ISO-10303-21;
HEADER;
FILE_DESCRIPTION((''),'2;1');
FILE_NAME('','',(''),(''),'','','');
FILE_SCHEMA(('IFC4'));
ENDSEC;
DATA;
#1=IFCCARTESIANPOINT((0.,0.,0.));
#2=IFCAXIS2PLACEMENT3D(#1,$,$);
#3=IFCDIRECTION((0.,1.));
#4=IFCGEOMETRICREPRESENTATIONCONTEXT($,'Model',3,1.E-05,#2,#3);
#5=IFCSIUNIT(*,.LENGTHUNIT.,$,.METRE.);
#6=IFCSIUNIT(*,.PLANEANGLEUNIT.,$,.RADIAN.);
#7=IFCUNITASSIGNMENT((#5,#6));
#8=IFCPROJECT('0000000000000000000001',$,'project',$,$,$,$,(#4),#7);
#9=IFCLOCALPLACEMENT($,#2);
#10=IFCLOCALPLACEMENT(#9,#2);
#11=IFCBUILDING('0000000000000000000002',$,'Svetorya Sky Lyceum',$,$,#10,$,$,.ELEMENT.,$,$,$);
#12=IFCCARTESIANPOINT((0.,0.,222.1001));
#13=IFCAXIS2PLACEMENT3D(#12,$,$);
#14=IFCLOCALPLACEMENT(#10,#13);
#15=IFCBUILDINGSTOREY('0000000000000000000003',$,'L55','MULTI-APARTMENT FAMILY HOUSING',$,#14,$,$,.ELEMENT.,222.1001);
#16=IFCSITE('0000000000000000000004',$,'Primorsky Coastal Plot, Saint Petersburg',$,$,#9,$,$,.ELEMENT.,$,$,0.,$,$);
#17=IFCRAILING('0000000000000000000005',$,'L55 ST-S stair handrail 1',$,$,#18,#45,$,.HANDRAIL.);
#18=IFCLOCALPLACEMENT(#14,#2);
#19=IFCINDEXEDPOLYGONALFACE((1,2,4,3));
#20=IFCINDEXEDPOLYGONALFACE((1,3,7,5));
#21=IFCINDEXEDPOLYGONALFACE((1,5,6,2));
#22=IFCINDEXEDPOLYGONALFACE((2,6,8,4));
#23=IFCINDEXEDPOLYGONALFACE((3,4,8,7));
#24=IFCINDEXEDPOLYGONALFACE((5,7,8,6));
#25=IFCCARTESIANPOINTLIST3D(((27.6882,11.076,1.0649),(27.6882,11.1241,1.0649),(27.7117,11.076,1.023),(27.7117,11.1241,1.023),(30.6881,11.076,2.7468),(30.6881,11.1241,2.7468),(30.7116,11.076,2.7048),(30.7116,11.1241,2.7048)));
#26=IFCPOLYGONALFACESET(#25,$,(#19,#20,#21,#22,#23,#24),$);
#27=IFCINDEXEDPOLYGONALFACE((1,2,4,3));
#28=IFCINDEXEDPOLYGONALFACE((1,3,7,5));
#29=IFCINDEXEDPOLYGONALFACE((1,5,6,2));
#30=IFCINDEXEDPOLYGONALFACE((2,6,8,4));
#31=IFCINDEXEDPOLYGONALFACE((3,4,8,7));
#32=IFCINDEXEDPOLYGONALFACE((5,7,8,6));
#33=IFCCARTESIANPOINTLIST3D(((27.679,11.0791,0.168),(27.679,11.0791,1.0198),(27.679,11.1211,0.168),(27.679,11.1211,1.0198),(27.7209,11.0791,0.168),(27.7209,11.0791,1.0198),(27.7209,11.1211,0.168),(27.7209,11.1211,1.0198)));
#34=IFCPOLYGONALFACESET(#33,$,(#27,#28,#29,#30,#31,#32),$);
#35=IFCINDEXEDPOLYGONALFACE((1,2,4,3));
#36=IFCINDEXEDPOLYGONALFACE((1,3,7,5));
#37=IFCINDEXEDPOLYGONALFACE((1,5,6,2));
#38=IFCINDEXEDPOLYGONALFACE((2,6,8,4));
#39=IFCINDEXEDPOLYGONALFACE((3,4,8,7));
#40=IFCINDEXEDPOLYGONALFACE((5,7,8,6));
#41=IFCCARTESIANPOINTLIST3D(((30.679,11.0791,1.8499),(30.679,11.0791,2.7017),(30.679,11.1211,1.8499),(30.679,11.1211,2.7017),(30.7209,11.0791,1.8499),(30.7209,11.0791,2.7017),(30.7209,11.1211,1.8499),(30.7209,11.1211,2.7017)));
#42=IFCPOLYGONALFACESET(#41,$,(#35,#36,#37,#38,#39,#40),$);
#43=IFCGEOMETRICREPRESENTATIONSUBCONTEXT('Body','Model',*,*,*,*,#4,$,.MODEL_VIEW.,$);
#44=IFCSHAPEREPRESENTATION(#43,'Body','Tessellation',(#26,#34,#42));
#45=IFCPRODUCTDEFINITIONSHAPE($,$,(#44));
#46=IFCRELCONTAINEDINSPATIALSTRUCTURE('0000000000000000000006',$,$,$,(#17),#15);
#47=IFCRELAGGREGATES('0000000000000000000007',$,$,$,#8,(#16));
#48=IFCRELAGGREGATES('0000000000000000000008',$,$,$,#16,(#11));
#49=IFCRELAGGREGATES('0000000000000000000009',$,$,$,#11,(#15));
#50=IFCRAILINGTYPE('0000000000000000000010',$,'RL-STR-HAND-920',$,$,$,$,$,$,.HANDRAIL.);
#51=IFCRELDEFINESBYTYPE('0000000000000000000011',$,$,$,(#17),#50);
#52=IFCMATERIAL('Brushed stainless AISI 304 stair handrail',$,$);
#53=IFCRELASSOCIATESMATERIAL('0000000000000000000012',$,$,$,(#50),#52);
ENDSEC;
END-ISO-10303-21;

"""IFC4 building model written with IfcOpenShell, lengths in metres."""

from ifc_helpers import new_model, si_unit, direction, frame, origin, origin_2d, place, context, subcontext, project, spatial, rectangle, extrude, material, type_object, element, save


model = new_model("IFC4")

# Units and contexts
model_context = context("Model", 3, precision=1e-05, world=origin(), true_north=direction((0.0, 1.0)))
body_context = subcontext(model_context, "Body", "Model", "MODEL_VIEW")
ifc_project = project(units=[si_unit("LENGTHUNIT", "METRE"), si_unit("PLANEANGLEUNIT", "RADIAN")], contexts=[model_context])

# Site, building, storey
site_placement = place(None, origin())
site = spatial("IfcSite", under=ifc_project, at=site_placement, Name="Primorsky Coastal Plot, Saint Petersburg", CompositionType="ELEMENT", RefElevation=0.0)
building_placement = place(site_placement, origin())
building = spatial("IfcBuilding", under=site, at=building_placement, Name="Svetorya Sky Lyceum", CompositionType="ELEMENT")
storey_placement = place(building_placement, frame((0.0, 0.0, 222.1001)))
storey = spatial("IfcBuildingStorey", under=building, at=storey_placement, Name="L55", Description="MULTI-APARTMENT FAMILY HOUSING", CompositionType="ELEMENT", Elevation=222.1001)

# Railing
ifc_material_1 = material(Name="Brushed stainless AISI 304 stair handrail")
railing_type_1 = type_object("IfcRailingType", Name="RL-STR-HAND-920", PredefinedType="HANDRAIL", material=ifc_material_1)
railing_1_placement = place(storey_placement, frame((27.7, 11.1001, 0.168)))
element("IfcRailing", 1, at=railing_1_placement, inside=storey, type_object=railing_type_1, Name="L55 ST-S stair handrail 1", PredefinedType="HANDRAIL", context=body_context, shape_type="SweptSolid", body=[
    extrude(rectangle(XDim=0.0481, YDim=0.0481, at=origin_2d()), frame((0.0, 0.0, 0.876), z_axis=(0.872272, 0.0, 0.48902), x_axis=(0.0, 1.0, 0.0)), (0.0, 0.0, 1.0), 3.4392),
    extrude(rectangle(XDim=0.042, YDim=0.042, at=origin_2d()), origin(), (0.0, 0.0, 1.0), 0.8518),
    extrude(rectangle(XDim=0.042, YDim=0.042, at=origin_2d()), frame((3.0, 0.0, 1.6819)), (0.0, 0.0, 1.0), 0.8518),
])

save(model, "model.ifc")
